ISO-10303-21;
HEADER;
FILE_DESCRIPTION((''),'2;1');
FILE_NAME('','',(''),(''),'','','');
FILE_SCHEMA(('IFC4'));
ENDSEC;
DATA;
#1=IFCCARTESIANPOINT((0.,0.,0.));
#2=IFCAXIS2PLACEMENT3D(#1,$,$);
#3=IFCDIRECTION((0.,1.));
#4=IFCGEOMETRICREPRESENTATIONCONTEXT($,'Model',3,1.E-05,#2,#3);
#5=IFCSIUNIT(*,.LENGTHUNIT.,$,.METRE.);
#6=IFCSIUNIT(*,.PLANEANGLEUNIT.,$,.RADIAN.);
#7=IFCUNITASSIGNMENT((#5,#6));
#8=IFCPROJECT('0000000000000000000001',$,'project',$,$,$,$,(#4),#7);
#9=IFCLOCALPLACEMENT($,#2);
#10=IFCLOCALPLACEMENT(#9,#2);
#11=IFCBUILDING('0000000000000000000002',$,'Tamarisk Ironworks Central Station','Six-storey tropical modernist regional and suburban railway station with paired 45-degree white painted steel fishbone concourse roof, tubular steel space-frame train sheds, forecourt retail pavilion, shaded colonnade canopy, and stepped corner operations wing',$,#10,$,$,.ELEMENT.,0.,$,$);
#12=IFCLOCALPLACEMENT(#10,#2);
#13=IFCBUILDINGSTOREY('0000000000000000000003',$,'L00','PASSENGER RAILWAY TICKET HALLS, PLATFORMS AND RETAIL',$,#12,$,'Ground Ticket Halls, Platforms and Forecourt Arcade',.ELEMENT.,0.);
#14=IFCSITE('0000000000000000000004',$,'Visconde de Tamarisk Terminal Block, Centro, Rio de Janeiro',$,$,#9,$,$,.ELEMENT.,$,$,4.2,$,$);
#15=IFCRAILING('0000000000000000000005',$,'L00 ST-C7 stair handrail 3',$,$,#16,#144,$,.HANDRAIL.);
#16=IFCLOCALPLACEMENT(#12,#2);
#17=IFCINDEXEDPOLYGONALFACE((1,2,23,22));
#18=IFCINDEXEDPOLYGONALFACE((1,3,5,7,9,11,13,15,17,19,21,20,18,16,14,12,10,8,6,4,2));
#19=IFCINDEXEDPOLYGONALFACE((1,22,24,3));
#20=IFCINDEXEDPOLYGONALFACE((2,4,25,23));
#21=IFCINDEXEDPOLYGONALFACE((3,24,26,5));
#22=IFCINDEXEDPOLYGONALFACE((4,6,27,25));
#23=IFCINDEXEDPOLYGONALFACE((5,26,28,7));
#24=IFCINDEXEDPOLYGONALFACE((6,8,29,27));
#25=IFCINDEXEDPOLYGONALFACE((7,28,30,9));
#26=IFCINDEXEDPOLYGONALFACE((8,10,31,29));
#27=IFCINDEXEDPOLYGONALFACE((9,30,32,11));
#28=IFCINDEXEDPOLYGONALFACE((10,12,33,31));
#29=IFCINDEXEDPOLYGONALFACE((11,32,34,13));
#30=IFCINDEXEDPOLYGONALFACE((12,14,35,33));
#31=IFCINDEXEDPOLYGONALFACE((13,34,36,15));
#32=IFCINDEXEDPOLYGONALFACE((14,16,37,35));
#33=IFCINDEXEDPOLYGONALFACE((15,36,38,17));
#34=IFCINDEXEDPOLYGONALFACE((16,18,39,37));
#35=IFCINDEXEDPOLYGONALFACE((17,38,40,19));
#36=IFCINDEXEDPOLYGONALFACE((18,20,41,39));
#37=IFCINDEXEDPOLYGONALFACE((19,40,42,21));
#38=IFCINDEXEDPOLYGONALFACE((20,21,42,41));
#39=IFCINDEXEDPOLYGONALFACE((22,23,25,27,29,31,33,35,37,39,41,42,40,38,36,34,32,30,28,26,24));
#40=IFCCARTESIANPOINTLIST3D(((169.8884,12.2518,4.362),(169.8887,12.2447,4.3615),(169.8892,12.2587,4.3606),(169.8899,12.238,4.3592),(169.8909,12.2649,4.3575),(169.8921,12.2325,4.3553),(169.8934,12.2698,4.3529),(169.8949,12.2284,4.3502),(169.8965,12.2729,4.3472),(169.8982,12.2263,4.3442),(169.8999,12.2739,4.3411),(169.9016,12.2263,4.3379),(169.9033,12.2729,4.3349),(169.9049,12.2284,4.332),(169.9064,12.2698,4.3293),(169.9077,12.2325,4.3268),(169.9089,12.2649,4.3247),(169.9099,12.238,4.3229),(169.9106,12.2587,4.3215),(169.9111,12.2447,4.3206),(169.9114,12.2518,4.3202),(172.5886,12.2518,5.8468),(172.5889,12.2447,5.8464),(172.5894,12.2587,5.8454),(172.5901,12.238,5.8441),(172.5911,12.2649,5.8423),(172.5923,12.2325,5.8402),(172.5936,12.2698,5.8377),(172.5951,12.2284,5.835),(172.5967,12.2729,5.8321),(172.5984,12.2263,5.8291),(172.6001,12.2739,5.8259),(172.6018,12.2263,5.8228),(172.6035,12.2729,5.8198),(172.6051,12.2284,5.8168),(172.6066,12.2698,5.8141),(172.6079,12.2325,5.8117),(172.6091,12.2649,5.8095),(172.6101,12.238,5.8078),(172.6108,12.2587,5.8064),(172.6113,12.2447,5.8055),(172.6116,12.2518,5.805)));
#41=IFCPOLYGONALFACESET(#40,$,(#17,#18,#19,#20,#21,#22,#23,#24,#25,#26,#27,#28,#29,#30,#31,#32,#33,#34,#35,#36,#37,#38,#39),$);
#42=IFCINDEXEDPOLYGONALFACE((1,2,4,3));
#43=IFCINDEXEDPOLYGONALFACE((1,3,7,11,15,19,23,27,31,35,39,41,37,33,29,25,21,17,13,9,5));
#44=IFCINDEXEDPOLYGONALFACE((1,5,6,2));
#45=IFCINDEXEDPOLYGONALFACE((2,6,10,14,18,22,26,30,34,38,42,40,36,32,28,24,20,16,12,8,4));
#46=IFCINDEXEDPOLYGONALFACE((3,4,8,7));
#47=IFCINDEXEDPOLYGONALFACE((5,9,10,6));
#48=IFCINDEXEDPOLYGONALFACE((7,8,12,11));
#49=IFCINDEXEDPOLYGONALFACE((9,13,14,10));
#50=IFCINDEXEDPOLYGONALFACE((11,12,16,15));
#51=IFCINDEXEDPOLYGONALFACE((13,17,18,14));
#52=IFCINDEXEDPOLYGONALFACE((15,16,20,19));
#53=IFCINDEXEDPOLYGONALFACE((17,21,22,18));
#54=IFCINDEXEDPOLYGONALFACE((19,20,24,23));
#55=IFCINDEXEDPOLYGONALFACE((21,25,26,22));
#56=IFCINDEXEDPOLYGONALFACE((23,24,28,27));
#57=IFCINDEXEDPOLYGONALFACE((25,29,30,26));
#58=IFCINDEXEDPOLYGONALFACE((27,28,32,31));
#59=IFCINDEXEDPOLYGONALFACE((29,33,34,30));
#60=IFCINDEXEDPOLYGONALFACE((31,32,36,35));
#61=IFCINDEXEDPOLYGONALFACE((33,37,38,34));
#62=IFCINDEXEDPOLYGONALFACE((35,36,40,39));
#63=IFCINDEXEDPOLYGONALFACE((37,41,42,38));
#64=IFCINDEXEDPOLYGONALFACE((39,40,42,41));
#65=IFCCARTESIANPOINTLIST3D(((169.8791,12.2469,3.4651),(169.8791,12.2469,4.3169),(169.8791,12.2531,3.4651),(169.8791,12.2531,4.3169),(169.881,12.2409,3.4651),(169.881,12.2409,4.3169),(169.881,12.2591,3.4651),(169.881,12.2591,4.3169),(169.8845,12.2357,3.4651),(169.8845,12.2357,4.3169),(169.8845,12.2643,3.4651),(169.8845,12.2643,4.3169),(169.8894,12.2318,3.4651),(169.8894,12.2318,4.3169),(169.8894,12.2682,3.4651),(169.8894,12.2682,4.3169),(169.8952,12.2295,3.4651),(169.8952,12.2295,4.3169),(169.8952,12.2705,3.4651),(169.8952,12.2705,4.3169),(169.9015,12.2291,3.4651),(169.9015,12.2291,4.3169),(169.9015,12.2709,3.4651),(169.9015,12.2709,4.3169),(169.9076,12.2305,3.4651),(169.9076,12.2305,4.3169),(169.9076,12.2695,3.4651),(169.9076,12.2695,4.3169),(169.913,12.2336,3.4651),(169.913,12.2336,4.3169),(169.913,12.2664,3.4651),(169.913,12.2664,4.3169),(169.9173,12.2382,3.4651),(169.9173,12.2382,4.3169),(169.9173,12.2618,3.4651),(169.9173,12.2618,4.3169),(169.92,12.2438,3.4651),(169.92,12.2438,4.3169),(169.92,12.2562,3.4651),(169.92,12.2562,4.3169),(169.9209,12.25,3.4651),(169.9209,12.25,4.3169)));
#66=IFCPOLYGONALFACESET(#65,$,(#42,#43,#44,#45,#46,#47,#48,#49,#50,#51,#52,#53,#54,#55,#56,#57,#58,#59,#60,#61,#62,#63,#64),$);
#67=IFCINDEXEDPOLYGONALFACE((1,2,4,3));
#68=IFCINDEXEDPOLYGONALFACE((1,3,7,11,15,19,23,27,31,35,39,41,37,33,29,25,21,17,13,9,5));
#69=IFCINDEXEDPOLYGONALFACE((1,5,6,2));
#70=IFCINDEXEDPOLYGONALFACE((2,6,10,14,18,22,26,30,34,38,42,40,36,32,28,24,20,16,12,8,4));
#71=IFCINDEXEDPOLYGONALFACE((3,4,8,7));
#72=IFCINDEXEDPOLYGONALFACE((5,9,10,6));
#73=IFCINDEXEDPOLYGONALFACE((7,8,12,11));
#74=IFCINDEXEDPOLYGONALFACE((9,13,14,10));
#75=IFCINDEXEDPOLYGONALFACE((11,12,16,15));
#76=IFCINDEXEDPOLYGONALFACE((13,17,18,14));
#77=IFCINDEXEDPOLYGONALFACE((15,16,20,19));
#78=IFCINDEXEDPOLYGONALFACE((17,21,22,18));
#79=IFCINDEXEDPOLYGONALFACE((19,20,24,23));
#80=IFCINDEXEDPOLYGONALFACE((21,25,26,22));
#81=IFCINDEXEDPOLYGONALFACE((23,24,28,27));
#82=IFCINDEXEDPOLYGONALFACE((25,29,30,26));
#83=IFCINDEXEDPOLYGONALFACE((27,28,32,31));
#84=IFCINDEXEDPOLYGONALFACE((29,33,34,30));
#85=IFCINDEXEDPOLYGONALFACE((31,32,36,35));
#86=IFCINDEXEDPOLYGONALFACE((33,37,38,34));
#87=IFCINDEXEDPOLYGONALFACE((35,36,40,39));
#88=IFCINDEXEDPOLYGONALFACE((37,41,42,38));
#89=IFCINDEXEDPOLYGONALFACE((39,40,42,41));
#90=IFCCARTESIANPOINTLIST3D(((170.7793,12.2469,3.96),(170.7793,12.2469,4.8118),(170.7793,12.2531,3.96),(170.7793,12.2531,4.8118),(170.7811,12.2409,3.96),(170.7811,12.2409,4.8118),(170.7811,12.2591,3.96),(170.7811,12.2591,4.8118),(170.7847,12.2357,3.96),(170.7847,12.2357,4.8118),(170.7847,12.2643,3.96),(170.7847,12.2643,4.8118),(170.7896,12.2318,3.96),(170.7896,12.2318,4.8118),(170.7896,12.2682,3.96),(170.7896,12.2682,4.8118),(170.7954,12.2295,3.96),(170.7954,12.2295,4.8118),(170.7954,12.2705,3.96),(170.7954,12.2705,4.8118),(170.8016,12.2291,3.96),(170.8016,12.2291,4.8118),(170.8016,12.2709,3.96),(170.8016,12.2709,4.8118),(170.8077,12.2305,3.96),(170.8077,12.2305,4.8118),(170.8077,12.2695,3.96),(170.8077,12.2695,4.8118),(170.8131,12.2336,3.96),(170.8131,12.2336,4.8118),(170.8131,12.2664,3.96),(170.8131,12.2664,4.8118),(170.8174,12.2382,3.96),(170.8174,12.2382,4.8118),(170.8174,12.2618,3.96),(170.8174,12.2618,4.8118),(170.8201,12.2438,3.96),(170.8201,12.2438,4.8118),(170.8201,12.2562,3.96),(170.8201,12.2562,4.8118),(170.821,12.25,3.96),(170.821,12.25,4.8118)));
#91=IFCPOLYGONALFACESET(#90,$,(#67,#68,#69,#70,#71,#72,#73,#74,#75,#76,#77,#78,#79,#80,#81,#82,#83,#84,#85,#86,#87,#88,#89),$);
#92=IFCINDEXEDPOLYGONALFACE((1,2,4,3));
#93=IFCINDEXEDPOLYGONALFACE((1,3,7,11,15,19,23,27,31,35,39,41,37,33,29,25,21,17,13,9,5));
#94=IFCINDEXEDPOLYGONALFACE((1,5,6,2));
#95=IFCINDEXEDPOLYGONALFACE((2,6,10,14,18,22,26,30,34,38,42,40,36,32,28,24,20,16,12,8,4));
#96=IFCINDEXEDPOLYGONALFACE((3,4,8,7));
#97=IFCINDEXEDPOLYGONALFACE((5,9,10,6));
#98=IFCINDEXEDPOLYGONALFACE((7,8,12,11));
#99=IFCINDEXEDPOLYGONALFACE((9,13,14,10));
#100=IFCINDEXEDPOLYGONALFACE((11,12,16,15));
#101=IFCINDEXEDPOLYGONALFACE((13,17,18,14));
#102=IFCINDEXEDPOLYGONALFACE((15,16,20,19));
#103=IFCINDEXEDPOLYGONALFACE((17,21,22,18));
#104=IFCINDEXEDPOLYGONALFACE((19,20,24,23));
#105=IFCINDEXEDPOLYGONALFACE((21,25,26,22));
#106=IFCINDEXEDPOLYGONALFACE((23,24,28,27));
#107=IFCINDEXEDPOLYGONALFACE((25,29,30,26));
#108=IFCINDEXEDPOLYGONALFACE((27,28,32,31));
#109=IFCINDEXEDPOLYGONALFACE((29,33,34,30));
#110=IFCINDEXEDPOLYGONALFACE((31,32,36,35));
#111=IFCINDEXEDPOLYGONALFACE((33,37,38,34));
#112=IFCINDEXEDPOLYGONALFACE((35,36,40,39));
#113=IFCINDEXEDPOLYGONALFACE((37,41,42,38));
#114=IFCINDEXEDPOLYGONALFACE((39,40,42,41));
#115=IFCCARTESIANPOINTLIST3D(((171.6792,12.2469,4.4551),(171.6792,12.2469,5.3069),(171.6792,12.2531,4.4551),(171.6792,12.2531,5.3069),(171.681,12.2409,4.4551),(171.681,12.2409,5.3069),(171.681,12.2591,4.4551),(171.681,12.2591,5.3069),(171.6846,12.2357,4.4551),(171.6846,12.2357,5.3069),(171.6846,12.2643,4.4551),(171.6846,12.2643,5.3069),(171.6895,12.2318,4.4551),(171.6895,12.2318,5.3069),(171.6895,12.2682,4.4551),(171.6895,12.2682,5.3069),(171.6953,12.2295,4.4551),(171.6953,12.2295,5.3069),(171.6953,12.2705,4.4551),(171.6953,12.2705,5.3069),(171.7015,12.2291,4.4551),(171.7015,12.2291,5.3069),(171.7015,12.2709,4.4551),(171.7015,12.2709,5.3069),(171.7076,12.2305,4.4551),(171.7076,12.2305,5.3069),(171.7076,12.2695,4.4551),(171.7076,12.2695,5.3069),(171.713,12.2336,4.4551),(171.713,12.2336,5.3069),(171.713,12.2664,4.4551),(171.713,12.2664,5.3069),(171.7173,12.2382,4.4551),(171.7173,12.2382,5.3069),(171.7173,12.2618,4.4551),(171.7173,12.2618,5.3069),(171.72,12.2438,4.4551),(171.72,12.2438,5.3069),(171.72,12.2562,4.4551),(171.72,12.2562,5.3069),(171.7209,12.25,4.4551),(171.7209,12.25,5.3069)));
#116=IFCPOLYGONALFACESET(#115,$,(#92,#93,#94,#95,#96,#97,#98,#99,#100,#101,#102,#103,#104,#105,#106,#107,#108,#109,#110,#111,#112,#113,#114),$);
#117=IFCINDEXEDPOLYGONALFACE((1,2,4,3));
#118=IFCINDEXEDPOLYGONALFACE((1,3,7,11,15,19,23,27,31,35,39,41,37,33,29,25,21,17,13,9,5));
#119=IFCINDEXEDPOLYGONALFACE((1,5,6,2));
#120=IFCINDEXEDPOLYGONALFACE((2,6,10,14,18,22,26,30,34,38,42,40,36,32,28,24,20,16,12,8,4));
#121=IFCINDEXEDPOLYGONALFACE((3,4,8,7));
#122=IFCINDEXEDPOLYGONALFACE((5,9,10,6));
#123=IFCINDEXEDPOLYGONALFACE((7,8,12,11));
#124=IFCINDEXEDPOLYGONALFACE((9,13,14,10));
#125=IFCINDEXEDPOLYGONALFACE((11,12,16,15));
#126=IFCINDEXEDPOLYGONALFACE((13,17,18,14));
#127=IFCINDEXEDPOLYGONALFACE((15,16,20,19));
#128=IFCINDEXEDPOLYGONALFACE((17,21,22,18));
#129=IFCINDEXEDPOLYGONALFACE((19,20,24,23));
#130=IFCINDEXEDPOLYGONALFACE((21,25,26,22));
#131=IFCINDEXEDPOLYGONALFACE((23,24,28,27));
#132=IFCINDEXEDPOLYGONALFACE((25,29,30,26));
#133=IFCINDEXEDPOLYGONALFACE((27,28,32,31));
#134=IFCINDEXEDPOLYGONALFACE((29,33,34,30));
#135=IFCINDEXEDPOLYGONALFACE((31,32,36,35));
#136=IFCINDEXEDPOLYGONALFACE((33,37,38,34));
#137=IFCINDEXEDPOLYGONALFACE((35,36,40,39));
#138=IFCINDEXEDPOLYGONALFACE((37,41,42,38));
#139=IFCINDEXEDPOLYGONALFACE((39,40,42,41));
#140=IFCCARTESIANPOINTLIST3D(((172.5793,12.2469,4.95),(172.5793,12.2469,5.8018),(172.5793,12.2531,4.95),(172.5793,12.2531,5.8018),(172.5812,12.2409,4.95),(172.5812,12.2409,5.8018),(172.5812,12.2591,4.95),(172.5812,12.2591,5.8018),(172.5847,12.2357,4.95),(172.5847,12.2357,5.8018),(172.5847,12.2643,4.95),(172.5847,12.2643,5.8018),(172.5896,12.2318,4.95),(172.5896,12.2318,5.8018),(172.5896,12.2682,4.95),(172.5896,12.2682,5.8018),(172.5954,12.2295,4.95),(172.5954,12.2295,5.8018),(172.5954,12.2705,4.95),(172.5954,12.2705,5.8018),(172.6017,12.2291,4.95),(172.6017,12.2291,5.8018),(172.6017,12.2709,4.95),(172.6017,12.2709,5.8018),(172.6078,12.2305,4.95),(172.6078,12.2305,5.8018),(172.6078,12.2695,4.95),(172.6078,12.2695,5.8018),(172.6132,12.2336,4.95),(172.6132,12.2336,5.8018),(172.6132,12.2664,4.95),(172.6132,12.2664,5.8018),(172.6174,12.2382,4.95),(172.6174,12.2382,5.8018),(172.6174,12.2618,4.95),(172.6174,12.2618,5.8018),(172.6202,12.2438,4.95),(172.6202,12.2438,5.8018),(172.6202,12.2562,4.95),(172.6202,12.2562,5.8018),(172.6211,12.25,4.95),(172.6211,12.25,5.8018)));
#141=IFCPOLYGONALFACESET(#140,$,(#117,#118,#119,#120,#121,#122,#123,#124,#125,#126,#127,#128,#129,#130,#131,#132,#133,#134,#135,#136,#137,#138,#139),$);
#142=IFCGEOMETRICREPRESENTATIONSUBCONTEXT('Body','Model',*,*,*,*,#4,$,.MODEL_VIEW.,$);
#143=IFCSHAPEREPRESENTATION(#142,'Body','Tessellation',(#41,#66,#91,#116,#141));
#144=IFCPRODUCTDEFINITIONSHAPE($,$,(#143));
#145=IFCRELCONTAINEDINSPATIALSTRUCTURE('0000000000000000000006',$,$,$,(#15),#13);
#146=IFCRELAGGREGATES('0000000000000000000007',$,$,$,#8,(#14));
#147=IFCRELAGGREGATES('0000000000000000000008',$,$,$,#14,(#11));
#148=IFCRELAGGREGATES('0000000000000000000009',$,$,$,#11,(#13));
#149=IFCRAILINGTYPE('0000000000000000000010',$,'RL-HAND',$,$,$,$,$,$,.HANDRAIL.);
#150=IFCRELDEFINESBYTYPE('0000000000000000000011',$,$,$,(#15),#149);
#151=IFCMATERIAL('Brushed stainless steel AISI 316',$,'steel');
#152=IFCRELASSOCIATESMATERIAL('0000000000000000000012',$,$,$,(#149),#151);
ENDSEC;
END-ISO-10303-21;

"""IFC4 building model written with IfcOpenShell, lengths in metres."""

from ifc_helpers import new_model, si_unit, direction, frame, origin, origin_2d, place, context, subcontext, project, spatial, circle, extrude, material, type_object, element, save


model = new_model("IFC4")

# Units and contexts
model_context = context("Model", 3, precision=1e-05, world=origin(), true_north=direction((0.0, 1.0)))
body_context = subcontext(model_context, "Body", "Model", "MODEL_VIEW")
ifc_project = project(units=[si_unit("LENGTHUNIT", "METRE"), si_unit("PLANEANGLEUNIT", "RADIAN")], contexts=[model_context])

# Site, building, storey
site_placement = place(None, origin())
site = spatial("IfcSite", under=ifc_project, at=site_placement, Name="Visconde de Tamarisk Terminal Block, Centro, Rio de Janeiro", CompositionType="ELEMENT", RefElevation=4.2)
building_placement = place(site_placement, origin())
building = spatial("IfcBuilding", under=site, at=building_placement, Name="Tamarisk Ironworks Central Station", Description="Six-storey tropical modernist regional and suburban railway station with paired 45-degree white painted steel fishbone concourse roof, tubular steel space-frame train sheds, forecourt retail pavilion, shaded colonnade canopy, and stepped corner operations wing", CompositionType="ELEMENT", ElevationOfRefHeight=0.0)
storey_placement = place(building_placement, origin())
storey = spatial("IfcBuildingStorey", under=building, at=storey_placement, Name="L00", Description="PASSENGER RAILWAY TICKET HALLS, PLATFORMS AND RETAIL", LongName="Ground Ticket Halls, Platforms and Forecourt Arcade", CompositionType="ELEMENT", Elevation=0.0)

# Railing
ifc_material_1 = material(Name="Brushed stainless steel AISI 316", Category="steel")
railing_type_1 = type_object("IfcRailingType", Name="RL-HAND", PredefinedType="HANDRAIL", material=ifc_material_1)
railing_1_placement = place(storey_placement, frame((169.8999, 12.25, 3.4651)))
element("IfcRailing", 1, at=railing_1_placement, inside=storey, type_object=railing_type_1, Name="L00 ST-C7 stair handrail 3", PredefinedType="HANDRAIL", context=body_context, shape_type="SweptSolid", body=[
    extrude(circle(Radius=0.0239, at=origin_2d()), frame((0.0, 0.0, 0.876), z_axis=(0.876249, 0.0, 0.481858), x_axis=(0.0, 1.0, 0.0)), (0.0, 0.0, 1.0), 3.0815),
    extrude(circle(Radius=0.021, at=origin_2d()), origin(), (0.0, 0.0, 1.0), 0.8518),
    extrude(circle(Radius=0.021, at=origin_2d()), frame((0.9001, 0.0, 0.4949)), (0.0, 0.0, 1.0), 0.8518),
    extrude(circle(Radius=0.021, at=origin_2d()), frame((1.8, 0.0, 0.99)), (0.0, 0.0, 1.0), 0.8518),
    extrude(circle(Radius=0.021, at=origin_2d()), frame((2.7002, 0.0, 1.4849)), (0.0, 0.0, 1.0), 0.8518),
])

save(model, "model.ifc")
